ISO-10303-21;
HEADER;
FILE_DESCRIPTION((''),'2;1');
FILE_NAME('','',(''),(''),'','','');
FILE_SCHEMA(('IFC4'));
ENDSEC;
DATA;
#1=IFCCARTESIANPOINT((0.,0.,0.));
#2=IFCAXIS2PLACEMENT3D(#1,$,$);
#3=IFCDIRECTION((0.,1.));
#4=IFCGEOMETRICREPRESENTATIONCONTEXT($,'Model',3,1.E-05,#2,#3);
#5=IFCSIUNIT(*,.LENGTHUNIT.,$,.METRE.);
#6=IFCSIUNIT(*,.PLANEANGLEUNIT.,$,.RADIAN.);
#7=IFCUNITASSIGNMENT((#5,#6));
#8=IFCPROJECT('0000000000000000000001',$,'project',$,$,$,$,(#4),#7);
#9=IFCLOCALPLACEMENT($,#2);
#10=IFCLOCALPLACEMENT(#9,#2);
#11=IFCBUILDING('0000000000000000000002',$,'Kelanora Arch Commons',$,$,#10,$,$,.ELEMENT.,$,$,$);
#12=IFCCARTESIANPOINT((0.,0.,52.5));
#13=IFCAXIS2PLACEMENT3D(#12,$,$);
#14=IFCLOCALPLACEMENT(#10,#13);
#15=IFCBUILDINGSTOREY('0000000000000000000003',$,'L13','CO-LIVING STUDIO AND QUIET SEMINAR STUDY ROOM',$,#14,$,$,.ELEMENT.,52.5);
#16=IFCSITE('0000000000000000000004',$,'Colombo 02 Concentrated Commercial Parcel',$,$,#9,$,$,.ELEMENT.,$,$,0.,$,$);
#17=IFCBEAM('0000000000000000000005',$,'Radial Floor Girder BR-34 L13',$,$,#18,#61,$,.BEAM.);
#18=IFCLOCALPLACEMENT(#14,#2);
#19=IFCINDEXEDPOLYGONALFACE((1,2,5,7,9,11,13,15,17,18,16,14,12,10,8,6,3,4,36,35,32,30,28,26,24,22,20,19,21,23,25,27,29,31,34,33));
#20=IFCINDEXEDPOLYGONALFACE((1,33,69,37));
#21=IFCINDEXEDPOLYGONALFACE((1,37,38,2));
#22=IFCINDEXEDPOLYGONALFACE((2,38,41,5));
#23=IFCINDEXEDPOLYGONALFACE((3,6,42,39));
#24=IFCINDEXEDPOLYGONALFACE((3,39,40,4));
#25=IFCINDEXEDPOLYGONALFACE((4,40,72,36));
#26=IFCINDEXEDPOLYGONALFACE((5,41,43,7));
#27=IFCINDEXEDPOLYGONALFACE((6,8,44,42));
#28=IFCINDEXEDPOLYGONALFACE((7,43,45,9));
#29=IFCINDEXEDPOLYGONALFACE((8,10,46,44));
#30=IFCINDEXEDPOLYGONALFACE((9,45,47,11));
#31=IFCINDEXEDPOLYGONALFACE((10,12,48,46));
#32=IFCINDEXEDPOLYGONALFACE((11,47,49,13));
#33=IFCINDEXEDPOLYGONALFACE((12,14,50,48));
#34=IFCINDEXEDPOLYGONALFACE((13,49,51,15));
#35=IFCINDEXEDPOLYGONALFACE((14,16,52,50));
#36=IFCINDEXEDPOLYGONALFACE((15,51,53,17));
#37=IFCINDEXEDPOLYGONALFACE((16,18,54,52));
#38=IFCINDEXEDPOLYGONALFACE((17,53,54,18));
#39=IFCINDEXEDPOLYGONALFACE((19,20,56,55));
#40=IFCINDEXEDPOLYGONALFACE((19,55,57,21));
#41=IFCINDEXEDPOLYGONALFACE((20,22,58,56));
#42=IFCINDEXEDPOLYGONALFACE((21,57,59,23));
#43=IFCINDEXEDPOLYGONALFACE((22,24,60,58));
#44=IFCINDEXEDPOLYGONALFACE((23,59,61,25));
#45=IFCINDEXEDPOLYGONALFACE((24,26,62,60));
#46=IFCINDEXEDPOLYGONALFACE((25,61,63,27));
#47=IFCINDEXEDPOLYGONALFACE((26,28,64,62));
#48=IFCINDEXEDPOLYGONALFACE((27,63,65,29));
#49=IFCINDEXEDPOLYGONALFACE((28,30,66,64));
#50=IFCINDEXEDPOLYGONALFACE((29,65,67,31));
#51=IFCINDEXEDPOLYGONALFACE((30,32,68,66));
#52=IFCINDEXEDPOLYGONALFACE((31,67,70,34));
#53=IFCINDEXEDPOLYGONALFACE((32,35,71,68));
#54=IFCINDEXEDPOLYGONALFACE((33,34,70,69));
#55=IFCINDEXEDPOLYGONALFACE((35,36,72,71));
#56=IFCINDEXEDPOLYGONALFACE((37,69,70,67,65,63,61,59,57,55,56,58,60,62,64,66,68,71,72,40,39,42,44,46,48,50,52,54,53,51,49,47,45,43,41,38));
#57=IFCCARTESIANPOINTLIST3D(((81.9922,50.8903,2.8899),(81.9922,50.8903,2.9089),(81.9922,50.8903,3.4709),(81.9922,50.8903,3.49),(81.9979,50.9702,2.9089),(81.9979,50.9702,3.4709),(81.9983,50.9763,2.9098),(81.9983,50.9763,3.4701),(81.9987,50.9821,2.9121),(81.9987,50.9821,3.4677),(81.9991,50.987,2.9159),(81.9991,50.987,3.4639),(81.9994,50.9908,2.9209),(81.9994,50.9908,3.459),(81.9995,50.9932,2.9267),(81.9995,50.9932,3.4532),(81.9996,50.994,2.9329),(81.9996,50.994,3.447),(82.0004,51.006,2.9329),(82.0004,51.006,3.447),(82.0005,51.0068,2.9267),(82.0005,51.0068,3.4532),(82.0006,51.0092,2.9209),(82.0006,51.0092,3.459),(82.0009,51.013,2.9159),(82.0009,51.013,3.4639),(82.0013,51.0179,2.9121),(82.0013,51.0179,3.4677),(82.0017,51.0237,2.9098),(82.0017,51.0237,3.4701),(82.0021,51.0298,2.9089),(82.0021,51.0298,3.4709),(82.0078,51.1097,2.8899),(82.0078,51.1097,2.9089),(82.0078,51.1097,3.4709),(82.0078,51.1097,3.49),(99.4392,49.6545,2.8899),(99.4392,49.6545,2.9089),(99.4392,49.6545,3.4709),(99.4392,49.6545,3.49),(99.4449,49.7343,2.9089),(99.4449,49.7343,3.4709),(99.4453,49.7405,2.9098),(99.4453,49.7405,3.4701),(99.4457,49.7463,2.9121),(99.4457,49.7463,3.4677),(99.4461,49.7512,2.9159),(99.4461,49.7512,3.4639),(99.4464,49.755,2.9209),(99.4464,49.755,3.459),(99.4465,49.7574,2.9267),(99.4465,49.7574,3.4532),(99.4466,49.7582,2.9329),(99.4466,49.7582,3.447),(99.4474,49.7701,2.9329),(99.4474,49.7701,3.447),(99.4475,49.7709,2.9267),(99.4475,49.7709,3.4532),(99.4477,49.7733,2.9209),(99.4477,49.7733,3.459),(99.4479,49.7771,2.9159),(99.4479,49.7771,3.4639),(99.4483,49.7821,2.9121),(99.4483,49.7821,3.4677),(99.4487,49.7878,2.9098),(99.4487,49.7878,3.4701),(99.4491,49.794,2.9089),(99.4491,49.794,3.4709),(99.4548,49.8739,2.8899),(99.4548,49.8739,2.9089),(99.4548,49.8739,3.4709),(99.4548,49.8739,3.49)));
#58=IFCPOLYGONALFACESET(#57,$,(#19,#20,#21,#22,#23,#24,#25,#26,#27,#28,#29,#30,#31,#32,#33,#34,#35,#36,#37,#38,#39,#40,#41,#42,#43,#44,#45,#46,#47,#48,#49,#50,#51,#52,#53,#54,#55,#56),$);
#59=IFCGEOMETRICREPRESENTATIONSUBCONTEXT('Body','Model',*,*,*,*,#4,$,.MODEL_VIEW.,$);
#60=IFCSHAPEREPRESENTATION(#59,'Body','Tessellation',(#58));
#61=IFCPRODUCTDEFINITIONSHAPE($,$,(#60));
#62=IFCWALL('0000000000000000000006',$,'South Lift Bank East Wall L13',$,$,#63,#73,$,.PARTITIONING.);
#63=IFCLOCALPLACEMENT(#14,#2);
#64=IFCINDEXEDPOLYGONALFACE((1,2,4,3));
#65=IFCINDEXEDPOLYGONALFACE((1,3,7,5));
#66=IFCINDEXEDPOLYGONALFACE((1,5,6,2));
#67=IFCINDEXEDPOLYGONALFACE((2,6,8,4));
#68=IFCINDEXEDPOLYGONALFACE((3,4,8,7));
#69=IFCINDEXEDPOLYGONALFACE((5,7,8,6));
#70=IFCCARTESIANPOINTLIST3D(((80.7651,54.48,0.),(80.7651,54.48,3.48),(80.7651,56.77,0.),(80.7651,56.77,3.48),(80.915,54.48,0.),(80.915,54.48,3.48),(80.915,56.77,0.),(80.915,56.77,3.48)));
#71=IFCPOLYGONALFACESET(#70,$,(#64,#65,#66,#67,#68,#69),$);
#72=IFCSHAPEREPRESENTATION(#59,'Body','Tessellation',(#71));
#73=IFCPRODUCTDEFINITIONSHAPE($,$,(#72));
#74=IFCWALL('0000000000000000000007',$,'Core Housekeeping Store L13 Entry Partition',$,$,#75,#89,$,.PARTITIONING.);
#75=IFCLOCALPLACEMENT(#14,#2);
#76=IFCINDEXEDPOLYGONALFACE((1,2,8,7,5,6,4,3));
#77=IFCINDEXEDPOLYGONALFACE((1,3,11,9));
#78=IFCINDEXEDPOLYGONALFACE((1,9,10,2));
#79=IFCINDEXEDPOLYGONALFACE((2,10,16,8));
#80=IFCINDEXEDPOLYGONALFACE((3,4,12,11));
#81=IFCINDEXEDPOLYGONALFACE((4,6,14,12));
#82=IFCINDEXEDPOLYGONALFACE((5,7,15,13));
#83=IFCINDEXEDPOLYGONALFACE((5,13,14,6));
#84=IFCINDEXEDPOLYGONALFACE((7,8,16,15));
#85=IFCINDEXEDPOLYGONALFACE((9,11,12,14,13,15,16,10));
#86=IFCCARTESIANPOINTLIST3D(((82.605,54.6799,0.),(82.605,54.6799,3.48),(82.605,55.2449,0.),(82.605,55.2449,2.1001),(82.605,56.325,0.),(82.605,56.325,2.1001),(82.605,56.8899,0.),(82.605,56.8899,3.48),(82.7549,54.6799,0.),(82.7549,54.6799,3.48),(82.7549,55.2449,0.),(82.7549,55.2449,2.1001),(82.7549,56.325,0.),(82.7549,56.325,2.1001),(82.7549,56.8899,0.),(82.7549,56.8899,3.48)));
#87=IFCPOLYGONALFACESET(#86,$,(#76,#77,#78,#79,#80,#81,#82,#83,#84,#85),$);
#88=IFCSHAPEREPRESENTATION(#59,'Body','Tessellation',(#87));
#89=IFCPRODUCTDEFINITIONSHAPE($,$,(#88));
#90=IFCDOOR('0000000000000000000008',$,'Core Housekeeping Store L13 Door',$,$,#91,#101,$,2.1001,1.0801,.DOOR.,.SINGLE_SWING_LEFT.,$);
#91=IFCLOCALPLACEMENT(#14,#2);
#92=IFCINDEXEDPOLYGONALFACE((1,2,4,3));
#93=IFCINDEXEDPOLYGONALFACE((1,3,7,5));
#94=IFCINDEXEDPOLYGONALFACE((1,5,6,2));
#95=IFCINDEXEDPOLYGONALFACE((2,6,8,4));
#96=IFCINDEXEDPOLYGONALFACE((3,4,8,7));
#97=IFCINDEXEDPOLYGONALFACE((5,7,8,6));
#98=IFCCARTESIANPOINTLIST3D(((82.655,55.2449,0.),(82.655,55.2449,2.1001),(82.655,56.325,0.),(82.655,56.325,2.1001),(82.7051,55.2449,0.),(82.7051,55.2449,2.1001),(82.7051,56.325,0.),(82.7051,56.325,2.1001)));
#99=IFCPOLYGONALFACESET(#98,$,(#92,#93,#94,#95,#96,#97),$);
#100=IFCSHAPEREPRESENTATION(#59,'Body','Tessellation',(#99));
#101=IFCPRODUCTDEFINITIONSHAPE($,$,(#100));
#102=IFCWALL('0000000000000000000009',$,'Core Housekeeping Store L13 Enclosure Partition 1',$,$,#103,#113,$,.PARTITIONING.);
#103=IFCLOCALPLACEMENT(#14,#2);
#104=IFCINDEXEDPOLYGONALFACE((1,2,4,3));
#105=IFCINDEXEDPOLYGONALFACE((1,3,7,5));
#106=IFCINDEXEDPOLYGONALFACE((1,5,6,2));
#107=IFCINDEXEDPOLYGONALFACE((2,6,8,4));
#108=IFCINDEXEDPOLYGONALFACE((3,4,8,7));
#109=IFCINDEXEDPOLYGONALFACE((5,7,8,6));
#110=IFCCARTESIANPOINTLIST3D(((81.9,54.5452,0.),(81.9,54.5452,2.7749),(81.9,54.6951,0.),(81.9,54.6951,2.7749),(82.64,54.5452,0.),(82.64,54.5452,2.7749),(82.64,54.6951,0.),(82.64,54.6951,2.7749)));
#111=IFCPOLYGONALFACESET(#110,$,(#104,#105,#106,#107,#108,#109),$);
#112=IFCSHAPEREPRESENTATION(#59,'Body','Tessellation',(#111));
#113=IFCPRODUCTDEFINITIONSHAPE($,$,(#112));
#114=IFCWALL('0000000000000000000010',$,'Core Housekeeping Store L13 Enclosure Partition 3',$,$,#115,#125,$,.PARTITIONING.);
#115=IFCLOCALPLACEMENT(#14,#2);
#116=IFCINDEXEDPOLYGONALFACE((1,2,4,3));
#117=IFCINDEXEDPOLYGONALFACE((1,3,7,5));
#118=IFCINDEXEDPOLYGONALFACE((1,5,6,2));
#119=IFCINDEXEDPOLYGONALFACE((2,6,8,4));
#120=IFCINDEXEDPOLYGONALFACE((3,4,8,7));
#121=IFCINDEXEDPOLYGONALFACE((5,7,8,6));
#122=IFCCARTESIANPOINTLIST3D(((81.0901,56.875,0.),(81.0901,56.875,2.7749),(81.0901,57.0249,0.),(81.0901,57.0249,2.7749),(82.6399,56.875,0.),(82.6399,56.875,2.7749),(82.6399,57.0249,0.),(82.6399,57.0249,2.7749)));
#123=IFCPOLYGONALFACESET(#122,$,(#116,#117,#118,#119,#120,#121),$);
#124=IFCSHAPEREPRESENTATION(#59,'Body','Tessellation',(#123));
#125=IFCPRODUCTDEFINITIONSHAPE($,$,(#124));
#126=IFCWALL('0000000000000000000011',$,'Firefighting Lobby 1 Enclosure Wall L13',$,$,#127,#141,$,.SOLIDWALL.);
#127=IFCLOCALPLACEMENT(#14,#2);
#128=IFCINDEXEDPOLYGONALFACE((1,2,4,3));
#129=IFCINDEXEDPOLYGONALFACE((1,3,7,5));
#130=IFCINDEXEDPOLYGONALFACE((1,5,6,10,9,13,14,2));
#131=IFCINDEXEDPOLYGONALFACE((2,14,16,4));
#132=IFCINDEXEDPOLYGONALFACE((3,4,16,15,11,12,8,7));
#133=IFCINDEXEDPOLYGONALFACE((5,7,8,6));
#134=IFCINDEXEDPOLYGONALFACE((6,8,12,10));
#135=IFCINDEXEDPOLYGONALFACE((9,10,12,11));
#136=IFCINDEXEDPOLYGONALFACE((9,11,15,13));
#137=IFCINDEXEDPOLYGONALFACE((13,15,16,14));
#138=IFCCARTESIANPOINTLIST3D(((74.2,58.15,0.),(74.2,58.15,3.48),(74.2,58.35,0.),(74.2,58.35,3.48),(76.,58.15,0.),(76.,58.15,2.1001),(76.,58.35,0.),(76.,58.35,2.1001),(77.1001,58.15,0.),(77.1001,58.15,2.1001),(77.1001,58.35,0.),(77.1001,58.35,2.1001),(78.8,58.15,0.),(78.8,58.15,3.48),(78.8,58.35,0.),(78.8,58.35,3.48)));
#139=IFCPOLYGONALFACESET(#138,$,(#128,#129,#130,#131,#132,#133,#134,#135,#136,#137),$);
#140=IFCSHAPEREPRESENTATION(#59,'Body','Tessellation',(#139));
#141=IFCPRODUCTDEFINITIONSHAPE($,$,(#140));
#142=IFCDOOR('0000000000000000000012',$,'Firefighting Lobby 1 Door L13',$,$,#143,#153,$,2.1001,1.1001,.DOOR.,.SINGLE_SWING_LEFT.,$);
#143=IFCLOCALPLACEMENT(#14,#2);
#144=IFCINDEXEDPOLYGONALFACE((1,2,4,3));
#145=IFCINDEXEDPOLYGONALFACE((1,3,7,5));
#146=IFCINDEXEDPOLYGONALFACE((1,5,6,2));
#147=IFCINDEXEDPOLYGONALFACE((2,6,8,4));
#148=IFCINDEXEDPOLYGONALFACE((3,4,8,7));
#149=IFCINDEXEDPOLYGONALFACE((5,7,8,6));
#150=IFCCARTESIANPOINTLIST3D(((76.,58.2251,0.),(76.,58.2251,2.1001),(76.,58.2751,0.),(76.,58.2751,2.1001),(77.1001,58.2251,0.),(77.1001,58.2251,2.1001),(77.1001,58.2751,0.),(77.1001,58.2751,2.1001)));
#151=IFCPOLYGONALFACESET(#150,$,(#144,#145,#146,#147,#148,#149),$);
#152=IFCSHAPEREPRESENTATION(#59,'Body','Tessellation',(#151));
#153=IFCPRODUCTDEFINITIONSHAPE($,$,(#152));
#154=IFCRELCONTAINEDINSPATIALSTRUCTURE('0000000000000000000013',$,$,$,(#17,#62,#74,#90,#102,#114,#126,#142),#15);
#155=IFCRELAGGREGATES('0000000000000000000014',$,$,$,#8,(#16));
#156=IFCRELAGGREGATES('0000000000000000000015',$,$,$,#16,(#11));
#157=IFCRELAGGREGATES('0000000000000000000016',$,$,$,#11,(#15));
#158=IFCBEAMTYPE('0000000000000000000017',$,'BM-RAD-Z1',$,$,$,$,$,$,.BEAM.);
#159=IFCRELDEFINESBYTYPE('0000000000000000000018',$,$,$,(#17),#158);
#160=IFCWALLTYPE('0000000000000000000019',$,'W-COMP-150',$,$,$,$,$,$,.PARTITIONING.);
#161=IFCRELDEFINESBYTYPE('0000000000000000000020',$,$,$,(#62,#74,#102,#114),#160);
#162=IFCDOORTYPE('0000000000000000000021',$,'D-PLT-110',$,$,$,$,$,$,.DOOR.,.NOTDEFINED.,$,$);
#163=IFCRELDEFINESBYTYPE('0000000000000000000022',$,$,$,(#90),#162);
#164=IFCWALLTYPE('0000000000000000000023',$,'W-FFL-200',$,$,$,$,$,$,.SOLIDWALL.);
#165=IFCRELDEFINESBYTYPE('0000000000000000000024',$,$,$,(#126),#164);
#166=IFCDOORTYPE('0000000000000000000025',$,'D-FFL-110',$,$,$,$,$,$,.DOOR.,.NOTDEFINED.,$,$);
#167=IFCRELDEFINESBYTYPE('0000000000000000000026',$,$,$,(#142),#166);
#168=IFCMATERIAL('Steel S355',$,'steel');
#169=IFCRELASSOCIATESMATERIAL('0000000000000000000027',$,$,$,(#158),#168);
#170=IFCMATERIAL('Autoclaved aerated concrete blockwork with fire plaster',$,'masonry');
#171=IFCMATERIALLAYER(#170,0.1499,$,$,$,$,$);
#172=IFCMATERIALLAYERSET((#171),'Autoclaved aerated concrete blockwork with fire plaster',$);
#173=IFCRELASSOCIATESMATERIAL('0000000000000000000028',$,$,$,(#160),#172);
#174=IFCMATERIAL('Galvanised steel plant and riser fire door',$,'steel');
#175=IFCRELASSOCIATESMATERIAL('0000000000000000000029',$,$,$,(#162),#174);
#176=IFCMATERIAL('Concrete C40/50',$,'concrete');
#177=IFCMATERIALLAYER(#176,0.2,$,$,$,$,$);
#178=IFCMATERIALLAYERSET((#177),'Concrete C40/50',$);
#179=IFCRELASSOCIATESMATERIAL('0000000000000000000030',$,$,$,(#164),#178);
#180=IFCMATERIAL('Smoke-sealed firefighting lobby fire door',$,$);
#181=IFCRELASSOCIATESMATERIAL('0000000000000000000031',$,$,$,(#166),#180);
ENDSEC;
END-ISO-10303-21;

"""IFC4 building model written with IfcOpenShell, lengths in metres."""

from ifc_helpers import new_model, si_unit, direction, frame, frame_2d, origin, origin_2d, place, context, subcontext, project, spatial, rectangle, i_section, extrude, material, layer, layer_set, material_profile, profile_set, type_object, element, fill, save


model = new_model("IFC4")

# Units and contexts
model_context = context("Model", 3, precision=1e-05, world=origin(), true_north=direction((0.0, 1.0)))
body_context = subcontext(model_context, "Body", "Model", "MODEL_VIEW")
ifc_project = project(units=[si_unit("LENGTHUNIT", "METRE"), si_unit("PLANEANGLEUNIT", "RADIAN")], contexts=[model_context])

# Site, building, storey
site_placement = place(None, origin())
site = spatial("IfcSite", under=ifc_project, at=site_placement, Name="Colombo 02 Concentrated Commercial Parcel", CompositionType="ELEMENT", RefElevation=0.0)
building_placement = place(site_placement, origin())
building = spatial("IfcBuilding", under=site, at=building_placement, Name="Kelanora Arch Commons", CompositionType="ELEMENT")
storey_placement = place(building_placement, frame((0.0, 0.0, 52.5)))
storey = spatial("IfcBuildingStorey", under=building, at=storey_placement, Name="L13", Description="CO-LIVING STUDIO AND QUIET SEMINAR STUDY ROOM", CompositionType="ELEMENT", Elevation=52.5)

# Beam
ifc_material_1 = material(Name="Steel S355", Category="steel")
ifc_material_profile_1 = material_profile(ifc_material_1, i_section(OverallWidth=0.22, OverallDepth=0.6001, WebThickness=0.012, FlangeThickness=0.019, FilletRadius=0.0239, at=origin_2d()), Name="IPE600")
ifc_profile_set_1 = profile_set([ifc_material_profile_1], Name="Steel S355")
beam_type_1 = type_object("IfcBeamType", Name="BM-RAD-Z1", PredefinedType="BEAM", material=ifc_profile_set_1)
beam_1_placement = place(storey_placement, frame((82.0, 51.0, 3.1899), z_axis=(0.997501, -0.070657, 0.0), x_axis=(0.070657, 0.997501, 0.0)))
element("IfcBeam", 1, at=beam_1_placement, inside=storey, type_object=beam_type_1, Name="Radial Floor Girder BR-34 L13", PredefinedType="BEAM", context=body_context, shape_type="SweptSolid", body=[
    extrude(i_section(OverallWidth=0.22, OverallDepth=0.6001, WebThickness=0.012, FlangeThickness=0.019, FilletRadius=0.0239, at=origin_2d()), origin(), (0.0, 0.0, 1.0), 17.4907),
])

# Wall
ifc_material_2 = material(Name="Autoclaved aerated concrete blockwork with fire plaster", Category="masonry")
ifc_layer_1 = layer(ifc_material_2, 0.1499)
ifc_layer_set_1 = layer_set([ifc_layer_1], Name="Autoclaved aerated concrete blockwork with fire plaster")
wall_type_1 = type_object("IfcWallType", Name="W-COMP-150", PredefinedType="PARTITIONING", material=ifc_layer_set_1)
wall_1_placement = place(storey_placement, frame((80.8401, 54.48, 0.0), z_axis=(0.0, 0.0, 1.0), x_axis=(0.0, 1.0, 0.0)))
element("IfcWall", 2, at=wall_1_placement, inside=storey, type_object=wall_type_1, Name="South Lift Bank East Wall L13", PredefinedType="PARTITIONING", context=body_context, shape_type="SweptSolid", body=[
    extrude(rectangle(XDim=2.29, YDim=0.1499, at=frame_2d((1.145, 0.0))), origin(), (0.0, 0.0, 1.0), 3.48),
])

# Wall, opening, door
wall_2_placement = place(storey_placement, frame((82.6799, 54.6799, 0.0), z_axis=(0.0, 0.0, 1.0), x_axis=(0.0, 1.0, 0.0)))
wall_2 = element("IfcWall", 3, at=wall_2_placement, inside=storey, type_object=wall_type_1, Name="Core Housekeeping Store L13 Entry Partition", PredefinedType="PARTITIONING", context=body_context, shape_type="SweptSolid", body=[
    extrude(rectangle(XDim=2.21, YDim=0.1499, at=frame_2d((1.105, 0.0))), origin(), (0.0, 0.0, 1.0), 3.48),
])
opening_1_placement = place(wall_2_placement, frame((0.5649, 0.0, 0.0)))
opening_1 = element("IfcOpeningElement", 4, at=opening_1_placement, cuts=wall_2, PredefinedType="OPENING", context=body_context, shape_type="SweptSolid", body=[
    extrude(rectangle(XDim=1.0801, YDim=2.1001, at=frame_2d((0.54, 1.05))), frame((0.0, 0.085, 0.0), z_axis=(0.0, -1.0, 0.0), x_axis=(1.0, 0.0, 0.0)), (0.0, 0.0, 1.0), 0.1699),
])
ifc_material_3 = material(Name="Galvanised steel plant and riser fire door", Category="steel")
door_type_1 = type_object("IfcDoorType", Name="D-PLT-110", OperationType="NOTDEFINED", PredefinedType="DOOR", material=ifc_material_3)
door_1_placement = place(opening_1_placement, origin())
door_1 = element("IfcDoor", 5, at=door_1_placement, inside=storey, type_object=door_type_1, Name="Core Housekeeping Store L13 Door", OperationType="SINGLE_SWING_LEFT", OverallHeight=2.1001, OverallWidth=1.0801, PredefinedType="DOOR", context=body_context, shape_type="SweptSolid", body=[
    extrude(rectangle(XDim=1.0801, YDim=2.1001, at=frame_2d((0.54, 1.05))), frame((0.0, 0.0249, 0.0), z_axis=(0.0, -1.0, 0.0), x_axis=(1.0, 0.0, 0.0)), (0.0, 0.0, 1.0), 0.05),
])
fill(opening_1, door_1)

# Walls
wall_3_placement = place(storey_placement, frame((81.8999, 54.6201, 0.0), z_axis=(0.0, 0.0, 1.0), x_axis=(1.0, 0.0, 0.0)))
element("IfcWall", 6, at=wall_3_placement, inside=storey, type_object=wall_type_1, Name="Core Housekeeping Store L13 Enclosure Partition 1", PredefinedType="PARTITIONING", context=body_context, shape_type="SweptSolid", body=[
    extrude(rectangle(XDim=0.74, YDim=0.1499, at=frame_2d((0.3701, 0.0))), origin(), (0.0, 0.0, 1.0), 2.7749),
])
wall_4_placement = place(storey_placement, frame((82.6399, 56.95, 0.0), z_axis=(0.0, 0.0, 1.0), x_axis=(-1.0, 0.0, 0.0)))
element("IfcWall", 7, at=wall_4_placement, inside=storey, type_object=wall_type_1, Name="Core Housekeeping Store L13 Enclosure Partition 3", PredefinedType="PARTITIONING", context=body_context, shape_type="SweptSolid", body=[
    extrude(rectangle(XDim=1.5498, YDim=0.1499, at=frame_2d((0.7749, 0.0))), origin(), (0.0, 0.0, 1.0), 2.7749),
])

# Wall, opening, door
ifc_material_4 = material(Name="Concrete C40/50", Category="concrete")
ifc_layer_2 = layer(ifc_material_4, 0.2)
ifc_layer_set_2 = layer_set([ifc_layer_2], Name="Concrete C40/50")
wall_type_2 = type_object("IfcWallType", Name="W-FFL-200", PredefinedType="SOLIDWALL", material=ifc_layer_set_2)
wall_5_placement = place(storey_placement, frame((74.2, 58.25, 0.0), z_axis=(0.0, 0.0, 1.0), x_axis=(1.0, 0.0, 0.0)))
wall_5 = element("IfcWall", 8, at=wall_5_placement, inside=storey, type_object=wall_type_2, Name="Firefighting Lobby 1 Enclosure Wall L13", PredefinedType="SOLIDWALL", context=body_context, shape_type="SweptSolid", body=[
    extrude(rectangle(XDim=4.6001, YDim=0.2, at=frame_2d((2.3, 0.0))), origin(), (0.0, 0.0, 1.0), 3.48),
])
opening_2_placement = place(wall_5_placement, frame((1.8, 0.0, 0.0)))
opening_2 = element("IfcOpeningElement", 9, at=opening_2_placement, cuts=wall_5, PredefinedType="OPENING", context=body_context, shape_type="SweptSolid", body=[
    extrude(rectangle(XDim=1.1001, YDim=2.1001, at=frame_2d((0.55, 1.05))), frame((0.0, 0.1099, 0.0), z_axis=(0.0, -1.0, 0.0), x_axis=(1.0, 0.0, 0.0)), (0.0, 0.0, 1.0), 0.22),
])
ifc_material_5 = material(Name="Smoke-sealed firefighting lobby fire door")
door_type_2 = type_object("IfcDoorType", Name="D-FFL-110", OperationType="NOTDEFINED", PredefinedType="DOOR", material=ifc_material_5)
door_2_placement = place(opening_2_placement, frame((1.1001, 0.0, 0.0), z_axis=(0.0, 0.0, 1.0), x_axis=(-1.0, 0.0, 0.0)))
door_2 = element("IfcDoor", 10, at=door_2_placement, inside=storey, type_object=door_type_2, Name="Firefighting Lobby 1 Door L13", OperationType="SINGLE_SWING_LEFT", OverallHeight=2.1001, OverallWidth=1.1001, PredefinedType="DOOR", context=body_context, shape_type="SweptSolid", body=[
    extrude(rectangle(XDim=1.1001, YDim=2.1001, at=frame_2d((0.55, 1.05))), frame((0.0, 0.0249, 0.0), z_axis=(0.0, -1.0, 0.0), x_axis=(1.0, 0.0, 0.0)), (0.0, 0.0, 1.0), 0.05),
])
fill(opening_2, door_2)

save(model, "model.ifc")
